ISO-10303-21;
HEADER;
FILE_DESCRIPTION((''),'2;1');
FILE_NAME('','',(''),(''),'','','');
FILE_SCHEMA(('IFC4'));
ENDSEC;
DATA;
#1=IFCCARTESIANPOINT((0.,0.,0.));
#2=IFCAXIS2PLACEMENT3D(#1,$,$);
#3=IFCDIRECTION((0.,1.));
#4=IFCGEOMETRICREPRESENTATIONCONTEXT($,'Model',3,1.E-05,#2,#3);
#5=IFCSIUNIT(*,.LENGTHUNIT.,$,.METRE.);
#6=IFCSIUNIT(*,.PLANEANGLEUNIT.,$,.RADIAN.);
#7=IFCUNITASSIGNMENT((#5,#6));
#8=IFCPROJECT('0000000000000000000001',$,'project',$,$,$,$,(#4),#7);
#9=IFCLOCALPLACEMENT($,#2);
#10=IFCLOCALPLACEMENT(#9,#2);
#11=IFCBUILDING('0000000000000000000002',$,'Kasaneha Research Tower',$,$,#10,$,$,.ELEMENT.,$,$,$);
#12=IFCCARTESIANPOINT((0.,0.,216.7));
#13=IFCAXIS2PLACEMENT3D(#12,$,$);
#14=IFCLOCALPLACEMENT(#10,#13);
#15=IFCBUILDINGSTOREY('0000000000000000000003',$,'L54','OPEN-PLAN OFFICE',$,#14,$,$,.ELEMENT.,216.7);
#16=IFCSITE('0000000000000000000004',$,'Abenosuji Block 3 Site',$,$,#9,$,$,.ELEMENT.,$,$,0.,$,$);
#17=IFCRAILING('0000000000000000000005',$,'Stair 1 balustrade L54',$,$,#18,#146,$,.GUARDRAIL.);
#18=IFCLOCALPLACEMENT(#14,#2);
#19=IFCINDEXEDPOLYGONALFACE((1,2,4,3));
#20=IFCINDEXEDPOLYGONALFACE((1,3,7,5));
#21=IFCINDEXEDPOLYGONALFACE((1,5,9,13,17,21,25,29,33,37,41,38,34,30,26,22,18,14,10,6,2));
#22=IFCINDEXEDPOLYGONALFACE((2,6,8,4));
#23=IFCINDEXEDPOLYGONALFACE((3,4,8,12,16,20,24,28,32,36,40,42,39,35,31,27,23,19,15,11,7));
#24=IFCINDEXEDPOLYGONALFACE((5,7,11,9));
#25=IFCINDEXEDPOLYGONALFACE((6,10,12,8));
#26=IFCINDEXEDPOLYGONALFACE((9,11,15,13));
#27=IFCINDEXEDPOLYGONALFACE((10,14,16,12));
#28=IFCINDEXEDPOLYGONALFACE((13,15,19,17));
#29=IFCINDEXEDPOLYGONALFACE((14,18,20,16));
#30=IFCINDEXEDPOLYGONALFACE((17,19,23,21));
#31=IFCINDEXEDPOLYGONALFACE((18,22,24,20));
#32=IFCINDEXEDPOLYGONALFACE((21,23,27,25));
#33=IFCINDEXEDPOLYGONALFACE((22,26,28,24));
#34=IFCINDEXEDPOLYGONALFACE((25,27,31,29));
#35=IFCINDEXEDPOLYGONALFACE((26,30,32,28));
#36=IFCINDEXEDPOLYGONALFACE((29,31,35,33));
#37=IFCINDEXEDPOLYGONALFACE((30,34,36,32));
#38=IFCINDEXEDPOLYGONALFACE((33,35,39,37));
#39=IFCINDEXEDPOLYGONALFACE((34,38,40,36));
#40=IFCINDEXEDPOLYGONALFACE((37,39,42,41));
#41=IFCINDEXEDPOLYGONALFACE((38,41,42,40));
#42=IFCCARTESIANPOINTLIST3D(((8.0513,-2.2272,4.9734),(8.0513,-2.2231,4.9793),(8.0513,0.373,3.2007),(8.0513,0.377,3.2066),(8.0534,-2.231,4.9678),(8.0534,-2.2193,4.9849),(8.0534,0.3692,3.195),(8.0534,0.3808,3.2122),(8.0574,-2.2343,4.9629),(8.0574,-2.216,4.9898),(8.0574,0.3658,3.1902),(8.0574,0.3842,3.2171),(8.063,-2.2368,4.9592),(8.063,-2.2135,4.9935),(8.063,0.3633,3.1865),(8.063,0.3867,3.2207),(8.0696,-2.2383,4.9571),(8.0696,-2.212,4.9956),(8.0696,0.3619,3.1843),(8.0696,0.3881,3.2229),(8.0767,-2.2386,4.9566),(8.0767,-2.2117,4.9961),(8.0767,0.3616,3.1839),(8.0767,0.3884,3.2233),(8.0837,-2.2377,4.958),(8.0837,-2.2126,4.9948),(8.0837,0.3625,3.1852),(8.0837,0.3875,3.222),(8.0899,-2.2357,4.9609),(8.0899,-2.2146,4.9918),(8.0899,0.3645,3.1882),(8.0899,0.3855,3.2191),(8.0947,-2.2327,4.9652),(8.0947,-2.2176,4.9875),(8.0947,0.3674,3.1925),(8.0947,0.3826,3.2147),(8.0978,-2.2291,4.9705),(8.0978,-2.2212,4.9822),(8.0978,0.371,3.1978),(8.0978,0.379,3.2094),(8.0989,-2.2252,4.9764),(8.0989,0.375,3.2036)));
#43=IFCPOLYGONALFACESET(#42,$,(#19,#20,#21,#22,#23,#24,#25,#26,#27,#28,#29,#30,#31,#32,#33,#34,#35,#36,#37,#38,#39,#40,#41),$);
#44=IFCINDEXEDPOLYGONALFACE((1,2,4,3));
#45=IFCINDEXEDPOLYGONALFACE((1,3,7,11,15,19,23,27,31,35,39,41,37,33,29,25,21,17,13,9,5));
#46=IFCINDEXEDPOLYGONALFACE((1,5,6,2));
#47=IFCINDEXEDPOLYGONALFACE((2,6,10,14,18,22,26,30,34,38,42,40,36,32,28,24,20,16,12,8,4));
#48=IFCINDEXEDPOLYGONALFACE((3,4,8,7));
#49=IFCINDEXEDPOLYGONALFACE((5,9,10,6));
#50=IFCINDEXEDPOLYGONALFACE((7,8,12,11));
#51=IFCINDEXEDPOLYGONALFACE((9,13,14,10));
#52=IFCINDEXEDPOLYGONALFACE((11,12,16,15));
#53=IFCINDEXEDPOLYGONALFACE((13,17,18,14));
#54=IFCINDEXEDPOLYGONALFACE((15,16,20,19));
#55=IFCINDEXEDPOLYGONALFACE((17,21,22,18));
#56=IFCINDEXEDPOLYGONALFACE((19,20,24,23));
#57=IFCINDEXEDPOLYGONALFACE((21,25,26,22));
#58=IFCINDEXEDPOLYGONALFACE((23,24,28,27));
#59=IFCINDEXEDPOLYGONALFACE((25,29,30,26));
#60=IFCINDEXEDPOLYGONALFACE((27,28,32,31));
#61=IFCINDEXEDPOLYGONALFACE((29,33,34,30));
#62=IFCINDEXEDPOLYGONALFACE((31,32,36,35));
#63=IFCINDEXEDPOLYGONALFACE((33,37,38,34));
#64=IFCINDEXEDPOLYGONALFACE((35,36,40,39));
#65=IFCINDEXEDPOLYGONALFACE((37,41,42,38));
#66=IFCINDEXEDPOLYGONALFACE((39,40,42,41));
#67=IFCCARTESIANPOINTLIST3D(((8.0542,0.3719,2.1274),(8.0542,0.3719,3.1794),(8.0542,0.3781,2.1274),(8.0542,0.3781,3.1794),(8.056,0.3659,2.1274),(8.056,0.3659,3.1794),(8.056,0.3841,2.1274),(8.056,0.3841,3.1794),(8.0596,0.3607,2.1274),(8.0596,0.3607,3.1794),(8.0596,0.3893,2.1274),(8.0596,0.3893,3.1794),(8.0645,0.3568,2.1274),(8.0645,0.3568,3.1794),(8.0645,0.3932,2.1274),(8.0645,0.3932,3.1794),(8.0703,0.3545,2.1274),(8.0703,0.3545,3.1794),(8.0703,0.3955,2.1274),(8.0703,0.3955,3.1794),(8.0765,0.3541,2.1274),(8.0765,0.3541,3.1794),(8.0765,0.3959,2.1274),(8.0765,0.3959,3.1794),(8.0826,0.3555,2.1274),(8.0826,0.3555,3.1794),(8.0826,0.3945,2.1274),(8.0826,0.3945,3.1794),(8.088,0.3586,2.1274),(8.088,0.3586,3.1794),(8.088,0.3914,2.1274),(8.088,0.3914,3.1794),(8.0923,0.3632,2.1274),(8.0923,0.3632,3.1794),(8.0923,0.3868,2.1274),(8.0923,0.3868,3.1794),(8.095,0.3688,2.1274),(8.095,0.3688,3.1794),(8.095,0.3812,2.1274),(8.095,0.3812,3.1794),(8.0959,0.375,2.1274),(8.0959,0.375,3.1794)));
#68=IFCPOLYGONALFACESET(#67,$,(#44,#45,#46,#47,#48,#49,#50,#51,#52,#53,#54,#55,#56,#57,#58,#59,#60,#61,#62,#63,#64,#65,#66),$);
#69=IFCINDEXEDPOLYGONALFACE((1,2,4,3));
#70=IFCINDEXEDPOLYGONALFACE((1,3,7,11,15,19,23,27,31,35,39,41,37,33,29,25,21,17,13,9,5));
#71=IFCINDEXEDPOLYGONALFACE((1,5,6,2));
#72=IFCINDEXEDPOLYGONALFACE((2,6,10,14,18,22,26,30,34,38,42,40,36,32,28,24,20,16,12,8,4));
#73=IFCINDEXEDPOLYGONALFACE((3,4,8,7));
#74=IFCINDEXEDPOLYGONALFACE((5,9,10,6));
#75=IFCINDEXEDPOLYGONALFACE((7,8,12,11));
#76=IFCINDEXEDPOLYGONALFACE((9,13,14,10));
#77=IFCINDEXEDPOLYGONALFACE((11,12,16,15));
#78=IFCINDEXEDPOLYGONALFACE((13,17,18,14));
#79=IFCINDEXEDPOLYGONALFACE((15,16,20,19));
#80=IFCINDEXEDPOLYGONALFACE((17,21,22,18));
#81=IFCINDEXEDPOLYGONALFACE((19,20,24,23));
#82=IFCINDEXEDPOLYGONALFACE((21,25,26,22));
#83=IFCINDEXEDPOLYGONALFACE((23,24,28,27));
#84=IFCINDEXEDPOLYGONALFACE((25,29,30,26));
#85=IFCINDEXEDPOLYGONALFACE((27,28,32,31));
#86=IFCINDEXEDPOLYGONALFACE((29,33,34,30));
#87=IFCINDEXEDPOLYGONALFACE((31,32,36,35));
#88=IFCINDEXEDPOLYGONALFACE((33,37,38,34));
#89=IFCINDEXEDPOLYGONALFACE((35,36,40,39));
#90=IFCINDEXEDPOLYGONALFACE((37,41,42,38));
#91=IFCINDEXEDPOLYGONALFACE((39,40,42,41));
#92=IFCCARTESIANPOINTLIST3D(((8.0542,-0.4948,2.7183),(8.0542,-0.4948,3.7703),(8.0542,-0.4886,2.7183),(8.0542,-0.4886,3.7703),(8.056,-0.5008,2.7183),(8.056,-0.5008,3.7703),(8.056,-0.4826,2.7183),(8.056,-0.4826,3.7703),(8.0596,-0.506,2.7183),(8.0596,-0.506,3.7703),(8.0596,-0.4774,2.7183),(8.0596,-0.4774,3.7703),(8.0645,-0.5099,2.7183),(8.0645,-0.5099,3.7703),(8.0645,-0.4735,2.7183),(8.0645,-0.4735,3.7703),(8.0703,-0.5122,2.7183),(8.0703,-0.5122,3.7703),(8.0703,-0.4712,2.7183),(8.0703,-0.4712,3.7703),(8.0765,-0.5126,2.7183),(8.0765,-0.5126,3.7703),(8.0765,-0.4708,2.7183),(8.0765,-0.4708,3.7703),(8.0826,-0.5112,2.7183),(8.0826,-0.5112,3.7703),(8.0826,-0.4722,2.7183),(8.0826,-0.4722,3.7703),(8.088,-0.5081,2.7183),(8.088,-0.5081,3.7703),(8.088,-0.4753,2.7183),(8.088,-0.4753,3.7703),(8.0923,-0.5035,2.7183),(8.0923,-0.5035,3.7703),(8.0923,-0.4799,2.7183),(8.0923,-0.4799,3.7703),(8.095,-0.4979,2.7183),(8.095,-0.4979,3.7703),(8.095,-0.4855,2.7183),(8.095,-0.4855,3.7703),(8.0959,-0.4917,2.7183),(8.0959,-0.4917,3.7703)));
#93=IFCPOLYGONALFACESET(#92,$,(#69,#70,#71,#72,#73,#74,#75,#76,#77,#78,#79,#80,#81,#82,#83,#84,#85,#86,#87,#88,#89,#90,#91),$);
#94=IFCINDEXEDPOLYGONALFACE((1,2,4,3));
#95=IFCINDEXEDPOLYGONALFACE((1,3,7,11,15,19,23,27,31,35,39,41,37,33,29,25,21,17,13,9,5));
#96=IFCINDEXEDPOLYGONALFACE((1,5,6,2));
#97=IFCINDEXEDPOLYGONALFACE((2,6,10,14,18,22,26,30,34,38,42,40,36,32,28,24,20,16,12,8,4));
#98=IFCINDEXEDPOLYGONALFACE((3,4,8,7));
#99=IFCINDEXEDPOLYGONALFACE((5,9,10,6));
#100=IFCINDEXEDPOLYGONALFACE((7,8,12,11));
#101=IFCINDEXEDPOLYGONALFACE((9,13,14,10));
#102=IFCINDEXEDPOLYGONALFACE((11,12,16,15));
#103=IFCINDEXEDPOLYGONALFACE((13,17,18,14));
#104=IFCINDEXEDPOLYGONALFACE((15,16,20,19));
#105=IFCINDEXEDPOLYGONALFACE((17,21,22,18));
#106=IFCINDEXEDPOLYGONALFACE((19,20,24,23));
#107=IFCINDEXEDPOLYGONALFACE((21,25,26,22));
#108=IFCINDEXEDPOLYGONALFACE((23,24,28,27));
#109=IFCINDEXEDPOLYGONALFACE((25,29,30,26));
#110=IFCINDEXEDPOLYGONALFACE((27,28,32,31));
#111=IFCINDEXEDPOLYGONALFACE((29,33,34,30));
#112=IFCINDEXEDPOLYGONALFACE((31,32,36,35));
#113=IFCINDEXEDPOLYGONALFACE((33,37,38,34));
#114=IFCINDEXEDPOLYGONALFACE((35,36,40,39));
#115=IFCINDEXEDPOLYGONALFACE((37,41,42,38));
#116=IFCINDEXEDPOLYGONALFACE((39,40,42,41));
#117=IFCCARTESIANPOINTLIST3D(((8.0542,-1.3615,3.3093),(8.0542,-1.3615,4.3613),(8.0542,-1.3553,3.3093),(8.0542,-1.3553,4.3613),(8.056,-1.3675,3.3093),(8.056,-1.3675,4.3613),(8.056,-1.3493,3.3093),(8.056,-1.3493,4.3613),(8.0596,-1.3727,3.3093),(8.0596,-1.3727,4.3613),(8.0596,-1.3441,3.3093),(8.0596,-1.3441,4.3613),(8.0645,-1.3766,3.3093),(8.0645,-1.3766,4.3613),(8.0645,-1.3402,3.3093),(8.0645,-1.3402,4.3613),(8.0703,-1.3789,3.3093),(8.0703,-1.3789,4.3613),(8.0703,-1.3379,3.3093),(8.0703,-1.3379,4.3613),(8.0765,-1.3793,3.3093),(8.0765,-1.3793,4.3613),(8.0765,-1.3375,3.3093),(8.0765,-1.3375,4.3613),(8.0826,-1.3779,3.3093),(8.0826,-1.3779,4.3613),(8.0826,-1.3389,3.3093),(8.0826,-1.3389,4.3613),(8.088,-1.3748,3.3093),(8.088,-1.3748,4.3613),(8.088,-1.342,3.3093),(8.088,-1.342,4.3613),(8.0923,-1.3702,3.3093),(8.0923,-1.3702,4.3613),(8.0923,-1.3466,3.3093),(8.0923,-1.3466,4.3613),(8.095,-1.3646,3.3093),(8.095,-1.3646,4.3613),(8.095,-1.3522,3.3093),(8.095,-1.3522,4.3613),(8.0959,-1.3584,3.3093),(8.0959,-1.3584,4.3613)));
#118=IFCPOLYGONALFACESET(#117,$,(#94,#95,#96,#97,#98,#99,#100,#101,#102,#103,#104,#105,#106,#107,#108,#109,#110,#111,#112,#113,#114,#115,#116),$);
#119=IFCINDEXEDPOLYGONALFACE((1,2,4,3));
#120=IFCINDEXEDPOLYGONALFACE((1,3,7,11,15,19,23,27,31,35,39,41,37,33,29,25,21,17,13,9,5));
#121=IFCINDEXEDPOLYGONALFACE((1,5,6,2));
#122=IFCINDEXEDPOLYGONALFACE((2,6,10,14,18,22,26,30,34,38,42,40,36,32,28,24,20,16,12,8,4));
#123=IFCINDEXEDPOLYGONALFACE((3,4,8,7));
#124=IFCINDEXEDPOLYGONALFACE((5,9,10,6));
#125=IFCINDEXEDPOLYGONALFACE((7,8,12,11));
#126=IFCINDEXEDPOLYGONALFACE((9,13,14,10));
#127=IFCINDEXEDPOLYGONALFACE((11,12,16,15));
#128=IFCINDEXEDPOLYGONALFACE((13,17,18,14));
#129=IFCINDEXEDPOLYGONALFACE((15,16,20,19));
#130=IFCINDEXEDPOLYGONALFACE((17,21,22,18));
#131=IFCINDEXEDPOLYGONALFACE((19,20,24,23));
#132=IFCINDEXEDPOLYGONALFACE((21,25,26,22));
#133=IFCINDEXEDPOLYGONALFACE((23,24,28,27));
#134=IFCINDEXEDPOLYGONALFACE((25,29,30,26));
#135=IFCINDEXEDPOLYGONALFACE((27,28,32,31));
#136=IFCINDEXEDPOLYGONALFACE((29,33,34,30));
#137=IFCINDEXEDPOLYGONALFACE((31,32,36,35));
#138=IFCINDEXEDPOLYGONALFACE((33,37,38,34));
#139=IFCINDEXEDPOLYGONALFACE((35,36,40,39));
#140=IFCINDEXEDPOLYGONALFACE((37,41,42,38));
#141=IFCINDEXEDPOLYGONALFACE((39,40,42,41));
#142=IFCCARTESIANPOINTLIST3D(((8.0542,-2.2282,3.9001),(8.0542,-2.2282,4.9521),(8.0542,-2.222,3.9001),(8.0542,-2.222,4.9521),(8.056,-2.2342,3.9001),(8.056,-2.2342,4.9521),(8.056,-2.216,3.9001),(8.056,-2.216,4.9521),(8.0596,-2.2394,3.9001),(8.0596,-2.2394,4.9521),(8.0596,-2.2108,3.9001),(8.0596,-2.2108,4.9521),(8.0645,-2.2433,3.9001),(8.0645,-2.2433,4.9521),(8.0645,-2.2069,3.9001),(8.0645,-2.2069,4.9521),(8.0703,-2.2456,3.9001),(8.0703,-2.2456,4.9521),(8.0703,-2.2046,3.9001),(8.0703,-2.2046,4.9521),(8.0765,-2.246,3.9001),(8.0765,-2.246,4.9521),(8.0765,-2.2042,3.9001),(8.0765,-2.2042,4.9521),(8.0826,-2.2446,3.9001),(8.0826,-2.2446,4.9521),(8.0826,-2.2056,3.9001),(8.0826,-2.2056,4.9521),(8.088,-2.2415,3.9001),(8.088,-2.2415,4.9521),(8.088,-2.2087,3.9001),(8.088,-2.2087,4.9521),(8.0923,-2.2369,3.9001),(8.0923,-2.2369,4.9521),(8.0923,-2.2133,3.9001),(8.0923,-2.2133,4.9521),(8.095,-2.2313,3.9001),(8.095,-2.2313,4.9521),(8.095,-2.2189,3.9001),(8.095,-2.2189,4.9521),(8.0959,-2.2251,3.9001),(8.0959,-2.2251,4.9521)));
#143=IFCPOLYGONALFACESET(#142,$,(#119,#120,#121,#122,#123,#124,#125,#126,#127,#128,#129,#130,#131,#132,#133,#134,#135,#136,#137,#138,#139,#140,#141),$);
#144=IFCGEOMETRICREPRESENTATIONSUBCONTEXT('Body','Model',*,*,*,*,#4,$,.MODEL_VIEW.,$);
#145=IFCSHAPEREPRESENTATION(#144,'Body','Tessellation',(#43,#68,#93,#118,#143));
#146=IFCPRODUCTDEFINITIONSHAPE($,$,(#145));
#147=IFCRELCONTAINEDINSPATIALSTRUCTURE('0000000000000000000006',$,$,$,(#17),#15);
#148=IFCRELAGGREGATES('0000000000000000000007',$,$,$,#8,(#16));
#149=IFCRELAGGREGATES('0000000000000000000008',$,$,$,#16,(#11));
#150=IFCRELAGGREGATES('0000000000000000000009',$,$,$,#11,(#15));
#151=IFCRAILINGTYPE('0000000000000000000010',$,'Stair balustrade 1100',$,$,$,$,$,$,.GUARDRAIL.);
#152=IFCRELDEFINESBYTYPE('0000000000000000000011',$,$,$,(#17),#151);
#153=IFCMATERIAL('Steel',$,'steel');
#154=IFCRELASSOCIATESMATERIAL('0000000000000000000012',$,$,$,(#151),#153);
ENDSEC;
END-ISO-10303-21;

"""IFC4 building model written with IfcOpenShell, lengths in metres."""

from ifc_helpers import new_model, si_unit, direction, frame, origin, origin_2d, place, context, subcontext, project, spatial, circle, extrude, material, type_object, element, save


model = new_model("IFC4")

# Units and contexts
model_context = context("Model", 3, precision=1e-05, world=origin(), true_north=direction((0.0, 1.0)))
body_context = subcontext(model_context, "Body", "Model", "MODEL_VIEW")
ifc_project = project(units=[si_unit("LENGTHUNIT", "METRE"), si_unit("PLANEANGLEUNIT", "RADIAN")], contexts=[model_context])

# Site, building, storey
site_placement = place(None, origin())
site = spatial("IfcSite", under=ifc_project, at=site_placement, Name="Abenosuji Block 3 Site", CompositionType="ELEMENT", RefElevation=0.0)
building_placement = place(site_placement, origin())
building = spatial("IfcBuilding", under=site, at=building_placement, Name="Kasaneha Research Tower", CompositionType="ELEMENT")
storey_placement = place(building_placement, frame((0.0, 0.0, 216.7)))
storey = spatial("IfcBuildingStorey", under=building, at=storey_placement, Name="L54", Description="OPEN-PLAN OFFICE", CompositionType="ELEMENT", Elevation=216.7)

# Railing
ifc_material_1 = material(Name="Steel", Category="steel")
railing_type_1 = type_object("IfcRailingType", Name="Stair balustrade 1100", PredefinedType="GUARDRAIL", material=ifc_material_1)
railing_1_placement = place(storey_placement, frame((8.075, 0.375, 2.1274)))
element("IfcRailing", 1, at=railing_1_placement, inside=storey, type_object=railing_type_1, Name="Stair 1 balustrade L54", PredefinedType="GUARDRAIL", context=body_context, shape_type="SweptSolid", body=[
    extrude(circle(Radius=0.0239, at=origin_2d()), frame((0.0, 0.0, 1.0762), z_axis=(0.0, -0.82624, 0.563318), x_axis=(1.0, 0.0, 0.0)), (0.0, 0.0, 1.0), 3.147),
    extrude(circle(Radius=0.021, at=origin_2d()), origin(), (0.0, 0.0, 1.0), 1.052),
    extrude(circle(Radius=0.021, at=origin_2d()), frame((0.0, -0.8667, 0.5908)), (0.0, 0.0, 1.0), 1.052),
    extrude(circle(Radius=0.021, at=origin_2d()), frame((0.0, -1.7334, 1.1819)), (0.0, 0.0, 1.0), 1.052),
    extrude(circle(Radius=0.021, at=origin_2d()), frame((0.0, -2.6001, 1.7727)), (0.0, 0.0, 1.0), 1.052),
])

save(model, "model.ifc")
